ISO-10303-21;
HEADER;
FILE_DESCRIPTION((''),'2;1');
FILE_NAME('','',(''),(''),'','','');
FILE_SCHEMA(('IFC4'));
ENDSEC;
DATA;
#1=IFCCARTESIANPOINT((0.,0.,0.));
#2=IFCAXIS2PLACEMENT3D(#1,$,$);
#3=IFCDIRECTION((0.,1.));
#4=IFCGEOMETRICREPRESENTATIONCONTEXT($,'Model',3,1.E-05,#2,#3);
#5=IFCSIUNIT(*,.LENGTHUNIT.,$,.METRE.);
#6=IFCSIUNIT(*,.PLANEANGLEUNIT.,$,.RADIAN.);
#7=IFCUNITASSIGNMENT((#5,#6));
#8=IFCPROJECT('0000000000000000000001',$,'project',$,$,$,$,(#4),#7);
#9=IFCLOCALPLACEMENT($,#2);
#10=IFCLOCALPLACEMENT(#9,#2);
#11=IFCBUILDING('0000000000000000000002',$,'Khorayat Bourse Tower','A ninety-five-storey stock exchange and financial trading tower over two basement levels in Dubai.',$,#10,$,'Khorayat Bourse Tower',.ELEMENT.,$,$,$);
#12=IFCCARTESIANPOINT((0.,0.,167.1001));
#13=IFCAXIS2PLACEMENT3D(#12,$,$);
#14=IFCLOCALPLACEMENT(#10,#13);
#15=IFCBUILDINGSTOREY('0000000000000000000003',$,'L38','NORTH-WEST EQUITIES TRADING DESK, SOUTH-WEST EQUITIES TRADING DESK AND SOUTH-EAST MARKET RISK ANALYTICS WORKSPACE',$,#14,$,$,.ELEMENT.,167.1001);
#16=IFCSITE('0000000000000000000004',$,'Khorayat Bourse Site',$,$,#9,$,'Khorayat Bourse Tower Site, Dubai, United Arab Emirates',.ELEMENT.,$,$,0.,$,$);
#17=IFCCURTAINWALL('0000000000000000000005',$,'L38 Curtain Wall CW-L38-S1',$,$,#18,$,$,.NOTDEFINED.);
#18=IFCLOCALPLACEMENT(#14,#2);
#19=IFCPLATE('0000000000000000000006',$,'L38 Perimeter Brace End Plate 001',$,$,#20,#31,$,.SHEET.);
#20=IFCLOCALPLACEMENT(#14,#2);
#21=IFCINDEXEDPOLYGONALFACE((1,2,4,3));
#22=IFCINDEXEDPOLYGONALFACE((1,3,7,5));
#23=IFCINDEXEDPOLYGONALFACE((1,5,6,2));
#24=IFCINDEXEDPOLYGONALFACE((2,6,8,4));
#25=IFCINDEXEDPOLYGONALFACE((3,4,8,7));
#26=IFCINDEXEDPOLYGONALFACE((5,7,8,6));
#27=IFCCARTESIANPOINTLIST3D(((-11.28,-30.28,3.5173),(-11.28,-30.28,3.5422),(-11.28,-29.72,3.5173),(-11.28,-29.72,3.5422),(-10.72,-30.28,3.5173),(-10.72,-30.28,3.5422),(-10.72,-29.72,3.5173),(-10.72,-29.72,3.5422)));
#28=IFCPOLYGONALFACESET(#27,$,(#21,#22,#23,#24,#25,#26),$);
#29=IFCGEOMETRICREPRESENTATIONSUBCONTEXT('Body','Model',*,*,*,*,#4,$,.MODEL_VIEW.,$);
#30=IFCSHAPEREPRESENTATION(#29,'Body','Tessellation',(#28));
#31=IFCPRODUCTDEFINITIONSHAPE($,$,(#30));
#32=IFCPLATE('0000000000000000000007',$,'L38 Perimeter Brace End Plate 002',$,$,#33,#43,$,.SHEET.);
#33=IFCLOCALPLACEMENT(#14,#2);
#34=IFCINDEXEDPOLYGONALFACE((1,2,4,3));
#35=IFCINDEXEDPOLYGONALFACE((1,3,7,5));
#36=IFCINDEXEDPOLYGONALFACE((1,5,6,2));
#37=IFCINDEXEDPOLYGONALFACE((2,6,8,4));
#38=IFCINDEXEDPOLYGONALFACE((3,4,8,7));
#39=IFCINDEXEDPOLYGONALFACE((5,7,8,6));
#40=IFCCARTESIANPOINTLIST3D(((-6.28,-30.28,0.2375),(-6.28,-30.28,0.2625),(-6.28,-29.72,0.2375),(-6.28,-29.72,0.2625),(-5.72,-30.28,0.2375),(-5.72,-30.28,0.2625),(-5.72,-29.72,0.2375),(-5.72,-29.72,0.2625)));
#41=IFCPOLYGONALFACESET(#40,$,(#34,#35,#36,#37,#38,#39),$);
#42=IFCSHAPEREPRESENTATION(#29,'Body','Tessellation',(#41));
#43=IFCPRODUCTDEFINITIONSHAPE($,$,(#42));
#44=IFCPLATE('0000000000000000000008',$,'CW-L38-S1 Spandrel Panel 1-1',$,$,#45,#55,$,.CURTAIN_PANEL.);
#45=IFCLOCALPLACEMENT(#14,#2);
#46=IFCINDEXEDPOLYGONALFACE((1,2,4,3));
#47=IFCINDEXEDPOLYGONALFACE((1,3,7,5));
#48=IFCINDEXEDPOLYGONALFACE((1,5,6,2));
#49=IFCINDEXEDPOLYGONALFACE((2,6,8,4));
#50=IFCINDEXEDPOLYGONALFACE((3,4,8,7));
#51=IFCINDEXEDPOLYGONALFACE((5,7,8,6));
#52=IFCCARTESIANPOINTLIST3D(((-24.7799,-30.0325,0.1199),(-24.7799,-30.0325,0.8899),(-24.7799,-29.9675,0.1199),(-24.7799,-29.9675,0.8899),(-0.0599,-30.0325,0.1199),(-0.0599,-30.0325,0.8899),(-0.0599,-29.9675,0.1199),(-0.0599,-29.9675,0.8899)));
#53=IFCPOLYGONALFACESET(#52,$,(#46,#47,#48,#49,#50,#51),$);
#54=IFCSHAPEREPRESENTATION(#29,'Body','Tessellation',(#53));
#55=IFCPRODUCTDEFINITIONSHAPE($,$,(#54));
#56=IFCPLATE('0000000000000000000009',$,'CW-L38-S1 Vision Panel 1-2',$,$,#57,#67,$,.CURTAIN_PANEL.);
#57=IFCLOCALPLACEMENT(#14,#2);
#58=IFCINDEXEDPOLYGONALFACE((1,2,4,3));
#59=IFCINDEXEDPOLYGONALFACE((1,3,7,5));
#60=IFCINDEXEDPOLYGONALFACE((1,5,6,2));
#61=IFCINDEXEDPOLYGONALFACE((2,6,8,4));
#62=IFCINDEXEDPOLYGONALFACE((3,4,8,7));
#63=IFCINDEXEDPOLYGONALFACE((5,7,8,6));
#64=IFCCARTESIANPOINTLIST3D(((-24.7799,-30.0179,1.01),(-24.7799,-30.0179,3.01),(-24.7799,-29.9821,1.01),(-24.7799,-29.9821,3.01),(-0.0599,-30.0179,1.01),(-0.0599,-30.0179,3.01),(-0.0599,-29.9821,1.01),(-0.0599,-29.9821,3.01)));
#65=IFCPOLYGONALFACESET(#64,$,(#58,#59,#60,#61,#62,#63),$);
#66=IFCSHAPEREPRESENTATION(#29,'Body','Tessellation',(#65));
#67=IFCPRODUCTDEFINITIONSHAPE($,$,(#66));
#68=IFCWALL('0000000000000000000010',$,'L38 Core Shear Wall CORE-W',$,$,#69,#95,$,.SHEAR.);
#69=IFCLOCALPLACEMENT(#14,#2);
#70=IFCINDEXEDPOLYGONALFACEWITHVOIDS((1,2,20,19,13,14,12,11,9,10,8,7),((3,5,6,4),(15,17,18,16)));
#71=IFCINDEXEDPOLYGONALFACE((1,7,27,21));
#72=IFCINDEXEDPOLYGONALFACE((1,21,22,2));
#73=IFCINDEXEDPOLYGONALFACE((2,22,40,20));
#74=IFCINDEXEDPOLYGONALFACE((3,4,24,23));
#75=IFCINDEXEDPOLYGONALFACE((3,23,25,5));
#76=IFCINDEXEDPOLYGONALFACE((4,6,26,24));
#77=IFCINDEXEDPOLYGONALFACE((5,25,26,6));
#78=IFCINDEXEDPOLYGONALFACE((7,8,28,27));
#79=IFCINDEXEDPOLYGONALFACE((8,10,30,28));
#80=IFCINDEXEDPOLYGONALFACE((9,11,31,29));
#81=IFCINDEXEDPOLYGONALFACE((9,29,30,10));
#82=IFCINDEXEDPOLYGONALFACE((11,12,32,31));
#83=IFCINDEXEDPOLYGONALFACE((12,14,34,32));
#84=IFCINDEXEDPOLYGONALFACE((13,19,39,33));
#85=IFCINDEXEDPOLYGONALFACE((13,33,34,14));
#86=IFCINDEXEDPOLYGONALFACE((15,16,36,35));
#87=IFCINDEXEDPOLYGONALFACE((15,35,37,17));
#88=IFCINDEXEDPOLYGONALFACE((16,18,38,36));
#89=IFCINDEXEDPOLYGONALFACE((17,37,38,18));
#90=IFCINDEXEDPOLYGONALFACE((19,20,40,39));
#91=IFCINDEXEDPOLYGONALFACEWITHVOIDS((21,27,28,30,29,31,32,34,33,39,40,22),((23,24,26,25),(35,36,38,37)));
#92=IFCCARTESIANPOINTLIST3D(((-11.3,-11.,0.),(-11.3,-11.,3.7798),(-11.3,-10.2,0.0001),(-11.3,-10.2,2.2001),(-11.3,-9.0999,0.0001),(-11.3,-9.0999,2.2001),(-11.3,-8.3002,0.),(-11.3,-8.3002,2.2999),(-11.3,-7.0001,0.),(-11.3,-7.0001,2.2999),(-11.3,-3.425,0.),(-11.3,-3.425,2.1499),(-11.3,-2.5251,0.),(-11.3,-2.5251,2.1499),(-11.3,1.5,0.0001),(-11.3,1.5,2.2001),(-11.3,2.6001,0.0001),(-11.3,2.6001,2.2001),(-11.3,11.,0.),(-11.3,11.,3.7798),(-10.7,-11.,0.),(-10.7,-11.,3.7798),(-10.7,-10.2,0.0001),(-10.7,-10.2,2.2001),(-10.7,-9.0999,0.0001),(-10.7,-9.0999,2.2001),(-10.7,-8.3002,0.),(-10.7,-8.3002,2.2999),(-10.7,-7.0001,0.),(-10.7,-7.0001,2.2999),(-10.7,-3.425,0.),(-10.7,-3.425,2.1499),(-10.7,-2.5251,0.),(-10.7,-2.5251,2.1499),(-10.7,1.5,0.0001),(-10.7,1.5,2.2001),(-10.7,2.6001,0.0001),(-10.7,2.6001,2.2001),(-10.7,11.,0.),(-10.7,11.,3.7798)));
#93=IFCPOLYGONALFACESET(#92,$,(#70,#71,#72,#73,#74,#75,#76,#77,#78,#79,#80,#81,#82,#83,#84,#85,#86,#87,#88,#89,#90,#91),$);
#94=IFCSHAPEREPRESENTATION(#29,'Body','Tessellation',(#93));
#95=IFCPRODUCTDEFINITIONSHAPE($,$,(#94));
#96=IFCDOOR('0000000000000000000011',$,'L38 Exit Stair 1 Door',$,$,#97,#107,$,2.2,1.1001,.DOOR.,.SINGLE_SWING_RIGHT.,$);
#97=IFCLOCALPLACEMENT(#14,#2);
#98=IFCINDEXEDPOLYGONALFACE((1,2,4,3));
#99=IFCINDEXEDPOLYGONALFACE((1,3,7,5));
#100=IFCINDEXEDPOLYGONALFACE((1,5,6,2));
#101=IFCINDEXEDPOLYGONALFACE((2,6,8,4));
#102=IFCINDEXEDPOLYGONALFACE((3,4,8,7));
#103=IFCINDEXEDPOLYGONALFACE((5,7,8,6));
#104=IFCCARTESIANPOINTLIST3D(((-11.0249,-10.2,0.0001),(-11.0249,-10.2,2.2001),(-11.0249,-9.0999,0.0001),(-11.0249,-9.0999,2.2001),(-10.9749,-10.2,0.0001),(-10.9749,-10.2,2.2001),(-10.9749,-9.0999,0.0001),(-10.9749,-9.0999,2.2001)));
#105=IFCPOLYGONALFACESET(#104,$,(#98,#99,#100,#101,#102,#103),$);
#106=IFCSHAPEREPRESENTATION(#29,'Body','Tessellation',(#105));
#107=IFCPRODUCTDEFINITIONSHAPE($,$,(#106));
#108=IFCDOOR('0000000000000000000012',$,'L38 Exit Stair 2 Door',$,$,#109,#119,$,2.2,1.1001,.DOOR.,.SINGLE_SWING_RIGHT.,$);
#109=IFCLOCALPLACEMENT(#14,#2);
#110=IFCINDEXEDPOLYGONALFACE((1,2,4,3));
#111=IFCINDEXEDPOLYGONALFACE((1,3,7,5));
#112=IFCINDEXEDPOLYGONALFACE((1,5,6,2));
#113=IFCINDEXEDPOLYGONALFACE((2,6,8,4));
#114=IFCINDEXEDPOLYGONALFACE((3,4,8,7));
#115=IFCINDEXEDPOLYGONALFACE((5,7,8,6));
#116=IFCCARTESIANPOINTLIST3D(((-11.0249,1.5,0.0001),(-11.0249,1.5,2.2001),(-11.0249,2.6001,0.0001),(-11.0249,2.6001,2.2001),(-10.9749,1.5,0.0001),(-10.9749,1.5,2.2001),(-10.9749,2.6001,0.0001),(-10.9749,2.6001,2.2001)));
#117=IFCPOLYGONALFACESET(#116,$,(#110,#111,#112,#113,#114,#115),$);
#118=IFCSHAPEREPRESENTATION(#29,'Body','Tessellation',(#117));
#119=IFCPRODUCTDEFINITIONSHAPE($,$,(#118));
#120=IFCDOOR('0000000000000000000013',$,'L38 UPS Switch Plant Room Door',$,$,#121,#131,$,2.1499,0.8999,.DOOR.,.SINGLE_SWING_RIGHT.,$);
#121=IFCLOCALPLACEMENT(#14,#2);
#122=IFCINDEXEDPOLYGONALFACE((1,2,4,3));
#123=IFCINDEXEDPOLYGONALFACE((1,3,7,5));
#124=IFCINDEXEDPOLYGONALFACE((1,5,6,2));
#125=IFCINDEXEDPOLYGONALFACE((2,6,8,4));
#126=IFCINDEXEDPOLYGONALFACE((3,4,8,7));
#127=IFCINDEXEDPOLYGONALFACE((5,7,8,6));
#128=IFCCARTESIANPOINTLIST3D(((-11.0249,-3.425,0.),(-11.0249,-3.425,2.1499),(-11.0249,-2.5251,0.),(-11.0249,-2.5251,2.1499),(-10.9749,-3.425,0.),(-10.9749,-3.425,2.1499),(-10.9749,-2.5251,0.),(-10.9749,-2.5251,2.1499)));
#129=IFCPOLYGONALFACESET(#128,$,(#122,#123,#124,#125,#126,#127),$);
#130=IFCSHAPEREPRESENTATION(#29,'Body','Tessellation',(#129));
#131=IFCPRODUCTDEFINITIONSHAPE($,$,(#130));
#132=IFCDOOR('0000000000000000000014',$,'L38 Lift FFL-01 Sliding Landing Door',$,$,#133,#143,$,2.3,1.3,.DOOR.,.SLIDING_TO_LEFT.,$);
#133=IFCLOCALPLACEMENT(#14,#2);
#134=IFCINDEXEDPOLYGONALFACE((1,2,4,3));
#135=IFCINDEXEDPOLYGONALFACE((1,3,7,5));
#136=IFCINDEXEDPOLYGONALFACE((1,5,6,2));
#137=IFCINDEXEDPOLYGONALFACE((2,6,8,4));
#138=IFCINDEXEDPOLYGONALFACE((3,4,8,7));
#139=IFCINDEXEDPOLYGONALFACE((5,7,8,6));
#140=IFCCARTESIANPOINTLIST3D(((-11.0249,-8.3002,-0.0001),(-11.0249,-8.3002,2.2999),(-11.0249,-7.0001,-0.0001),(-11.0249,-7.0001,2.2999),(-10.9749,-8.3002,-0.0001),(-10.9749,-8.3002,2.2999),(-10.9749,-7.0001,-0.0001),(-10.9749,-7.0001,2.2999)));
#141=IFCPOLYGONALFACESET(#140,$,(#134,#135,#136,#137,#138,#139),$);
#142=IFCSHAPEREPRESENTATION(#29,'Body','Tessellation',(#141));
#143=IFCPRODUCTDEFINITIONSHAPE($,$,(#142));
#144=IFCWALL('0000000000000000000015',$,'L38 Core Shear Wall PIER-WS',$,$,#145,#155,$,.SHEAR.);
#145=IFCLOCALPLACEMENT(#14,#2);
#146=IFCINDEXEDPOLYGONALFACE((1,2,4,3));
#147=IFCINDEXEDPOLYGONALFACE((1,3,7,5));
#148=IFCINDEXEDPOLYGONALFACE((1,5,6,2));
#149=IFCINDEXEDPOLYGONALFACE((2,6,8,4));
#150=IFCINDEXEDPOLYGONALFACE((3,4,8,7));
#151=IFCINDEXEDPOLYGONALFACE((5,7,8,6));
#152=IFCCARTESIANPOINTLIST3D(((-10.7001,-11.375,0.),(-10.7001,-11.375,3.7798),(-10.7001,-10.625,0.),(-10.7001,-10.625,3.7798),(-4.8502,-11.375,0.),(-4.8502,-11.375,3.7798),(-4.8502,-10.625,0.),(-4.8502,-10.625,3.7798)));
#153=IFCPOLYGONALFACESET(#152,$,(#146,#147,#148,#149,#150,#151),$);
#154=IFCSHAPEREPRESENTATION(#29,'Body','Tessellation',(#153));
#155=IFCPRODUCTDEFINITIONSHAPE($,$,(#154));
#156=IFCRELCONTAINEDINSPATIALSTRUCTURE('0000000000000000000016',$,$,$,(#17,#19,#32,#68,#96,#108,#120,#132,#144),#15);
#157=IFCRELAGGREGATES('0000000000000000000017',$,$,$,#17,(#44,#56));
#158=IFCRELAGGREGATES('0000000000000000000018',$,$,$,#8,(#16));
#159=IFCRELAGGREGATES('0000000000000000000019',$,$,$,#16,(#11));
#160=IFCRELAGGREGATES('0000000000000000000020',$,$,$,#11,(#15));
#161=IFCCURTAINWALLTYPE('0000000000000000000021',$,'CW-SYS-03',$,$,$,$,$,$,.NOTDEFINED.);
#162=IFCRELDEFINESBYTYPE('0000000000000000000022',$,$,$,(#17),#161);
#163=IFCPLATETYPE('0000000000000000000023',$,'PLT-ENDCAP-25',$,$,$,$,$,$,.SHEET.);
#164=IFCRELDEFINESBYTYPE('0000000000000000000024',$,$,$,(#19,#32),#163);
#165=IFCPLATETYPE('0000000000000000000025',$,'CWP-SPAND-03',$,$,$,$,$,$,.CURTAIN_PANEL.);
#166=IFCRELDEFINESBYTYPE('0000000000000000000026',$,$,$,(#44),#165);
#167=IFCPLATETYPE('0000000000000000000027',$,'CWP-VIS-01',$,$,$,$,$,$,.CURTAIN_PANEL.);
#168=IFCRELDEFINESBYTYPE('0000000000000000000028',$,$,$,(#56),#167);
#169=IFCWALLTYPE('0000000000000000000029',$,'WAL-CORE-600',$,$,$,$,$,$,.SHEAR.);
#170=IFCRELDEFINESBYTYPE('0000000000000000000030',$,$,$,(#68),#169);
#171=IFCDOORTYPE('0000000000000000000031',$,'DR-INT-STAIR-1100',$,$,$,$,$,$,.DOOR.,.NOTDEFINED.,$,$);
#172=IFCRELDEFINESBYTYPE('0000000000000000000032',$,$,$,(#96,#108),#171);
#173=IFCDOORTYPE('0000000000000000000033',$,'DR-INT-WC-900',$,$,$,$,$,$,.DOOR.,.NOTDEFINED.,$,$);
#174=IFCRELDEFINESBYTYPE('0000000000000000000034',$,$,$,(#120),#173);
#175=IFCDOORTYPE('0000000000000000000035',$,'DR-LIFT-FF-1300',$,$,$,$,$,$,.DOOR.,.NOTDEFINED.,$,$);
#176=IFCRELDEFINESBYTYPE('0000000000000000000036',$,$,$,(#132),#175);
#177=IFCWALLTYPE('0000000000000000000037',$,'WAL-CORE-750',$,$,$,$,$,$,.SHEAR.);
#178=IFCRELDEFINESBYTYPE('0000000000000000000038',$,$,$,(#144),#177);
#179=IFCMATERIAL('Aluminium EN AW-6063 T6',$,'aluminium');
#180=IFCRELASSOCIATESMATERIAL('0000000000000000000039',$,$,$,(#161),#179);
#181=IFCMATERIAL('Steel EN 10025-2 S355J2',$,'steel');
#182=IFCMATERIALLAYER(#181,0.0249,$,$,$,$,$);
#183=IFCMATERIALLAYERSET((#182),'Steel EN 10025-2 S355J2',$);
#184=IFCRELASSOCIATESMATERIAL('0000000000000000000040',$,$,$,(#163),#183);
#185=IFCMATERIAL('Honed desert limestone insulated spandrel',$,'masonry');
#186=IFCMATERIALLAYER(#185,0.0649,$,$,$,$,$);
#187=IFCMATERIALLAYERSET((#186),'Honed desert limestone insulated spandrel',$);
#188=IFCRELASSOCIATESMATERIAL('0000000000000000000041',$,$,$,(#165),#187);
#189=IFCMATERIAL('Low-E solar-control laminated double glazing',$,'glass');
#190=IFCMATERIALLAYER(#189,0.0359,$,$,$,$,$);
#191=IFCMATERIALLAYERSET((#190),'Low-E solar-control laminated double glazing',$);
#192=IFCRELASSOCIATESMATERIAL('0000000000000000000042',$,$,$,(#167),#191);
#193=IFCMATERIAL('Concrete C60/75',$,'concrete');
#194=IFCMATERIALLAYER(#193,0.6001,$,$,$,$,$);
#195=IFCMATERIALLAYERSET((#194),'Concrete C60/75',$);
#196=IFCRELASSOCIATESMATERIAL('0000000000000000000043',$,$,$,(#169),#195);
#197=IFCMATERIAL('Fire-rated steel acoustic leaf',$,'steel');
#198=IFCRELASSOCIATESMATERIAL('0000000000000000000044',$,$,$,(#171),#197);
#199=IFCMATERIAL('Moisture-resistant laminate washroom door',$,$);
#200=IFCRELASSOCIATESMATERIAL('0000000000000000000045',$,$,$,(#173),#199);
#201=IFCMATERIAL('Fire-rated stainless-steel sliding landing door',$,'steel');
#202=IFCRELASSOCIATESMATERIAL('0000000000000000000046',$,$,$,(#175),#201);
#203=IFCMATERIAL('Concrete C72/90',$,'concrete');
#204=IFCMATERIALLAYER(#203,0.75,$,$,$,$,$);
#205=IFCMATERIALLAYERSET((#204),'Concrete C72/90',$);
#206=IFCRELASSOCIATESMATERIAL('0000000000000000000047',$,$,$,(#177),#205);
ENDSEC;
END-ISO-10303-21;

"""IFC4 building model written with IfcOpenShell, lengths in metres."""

from ifc_helpers import new_model, si_unit, direction, frame, frame_2d, origin, origin_2d, place, context, subcontext, project, spatial, rectangle, extrude, source, transform, mapped, material, layer, layer_set, type_object, element, fill, aggregate, save


model = new_model("IFC4")

# Units and contexts
model_context = context("Model", 3, precision=1e-05, world=origin(), true_north=direction((0.0, 1.0)))
body_context = subcontext(model_context, "Body", "Model", "MODEL_VIEW")
ifc_project = project(units=[si_unit("LENGTHUNIT", "METRE"), si_unit("PLANEANGLEUNIT", "RADIAN")], contexts=[model_context])

# Site, building, storey
site_placement = place(None, origin())
site = spatial("IfcSite", under=ifc_project, at=site_placement, Name="Khorayat Bourse Site", LongName="Khorayat Bourse Tower Site, Dubai, United Arab Emirates", CompositionType="ELEMENT", RefElevation=0.0)
building_placement = place(site_placement, origin())
building = spatial("IfcBuilding", under=site, at=building_placement, Name="Khorayat Bourse Tower", Description="A ninety-five-storey stock exchange and financial trading tower over two basement levels in Dubai.", LongName="Khorayat Bourse Tower", CompositionType="ELEMENT")
storey_placement = place(building_placement, frame((0.0, 0.0, 167.1001)))
storey = spatial("IfcBuildingStorey", under=building, at=storey_placement, Name="L38", Description="NORTH-WEST EQUITIES TRADING DESK, SOUTH-WEST EQUITIES TRADING DESK AND SOUTH-EAST MARKET RISK ANALYTICS WORKSPACE", CompositionType="ELEMENT", Elevation=167.1001)

# Shared definitions
ifc_material_1 = material(Name="Concrete C60/75", Category="concrete")

# Shared definitions
ifc_material_2 = material(Name="Concrete C72/90", Category="concrete")

# Curtain wall
ifc_material_3 = material(Name="Aluminium EN AW-6063 T6", Category="aluminium")
curtain_wall_type = type_object("IfcCurtainWallType", Name="CW-SYS-03", PredefinedType="NOTDEFINED", material=ifc_material_3)
curtain_wall_placement = place(storey_placement, origin())
curtain_wall = element("IfcCurtainWall", 1, at=curtain_wall_placement, inside=storey, type_object=curtain_wall_type, Name="L38 Curtain Wall CW-L38-S1", PredefinedType="NOTDEFINED")

# Plates
ifc_material_4 = material(Name="Steel EN 10025-2 S355J2", Category="steel")
ifc_layer_1 = layer(ifc_material_4, 0.0249)
ifc_layer_set_1 = layer_set([ifc_layer_1], Name="Steel EN 10025-2 S355J2")
plate_type_1 = type_object("IfcPlateType", Name="PLT-ENDCAP-25", PredefinedType="SHEET", material=ifc_layer_set_1)
shared_shape_1 = source(origin(), body_context, "Body", "SweptSolid", [
    extrude(rectangle(XDim=0.5601, YDim=0.5601, at=origin_2d()), origin(), (0.0, 0.0, 1.0), 0.0249),
])
for number, where, z_axis, x_axis, name in (
    (2, (-11.0, -30.0, 3.5173), (0.0, 0.0, 1.0), (1.0, 0.0, 0.0), "L38 Perimeter Brace End Plate 001"),
    (3, (-6.0, -30.0, 0.2375), (0.0, 0.0, 1.0), (1.0, 0.0, 0.0), "L38 Perimeter Brace End Plate 002"),
):
    element("IfcPlate", number, at=place(storey_placement, frame(where, z_axis=z_axis, x_axis=x_axis)), inside=storey, type_object=plate_type_1, Name=name, PredefinedType="SHEET", context=body_context, shape_type="MappedRepresentation", body=[
        mapped(shared_shape_1, transform((0.0, 0.0, 0.0), scale=1.0)),
    ])

# Plates
ifc_material_5 = material(Name="Honed desert limestone insulated spandrel", Category="masonry")
ifc_layer_2 = layer(ifc_material_5, 0.0649)
ifc_layer_set_2 = layer_set([ifc_layer_2], Name="Honed desert limestone insulated spandrel")
plate_type_2 = type_object("IfcPlateType", Name="CWP-SPAND-03", PredefinedType="CURTAIN_PANEL", material=ifc_layer_set_2)
shared_shape_2 = source(origin(), body_context, "Body", "SweptSolid", [
    extrude(rectangle(XDim=24.72, YDim=0.0649, at=origin_2d()), origin(), (0.0, 0.0, 1.0), 0.77),
])
plate_1_placement = place(storey_placement, frame((-12.4199, -30.0, 0.1199), z_axis=(0.0, 0.0, 1.0), x_axis=(1.0, 0.0, 0.0)))
plate_1 = element("IfcPlate", 4, at=plate_1_placement, type_object=plate_type_2, Name="CW-L38-S1 Spandrel Panel 1-1", PredefinedType="CURTAIN_PANEL", context=body_context, shape_type="MappedRepresentation", body=[
    mapped(shared_shape_2, transform((0.0, 0.0, 0.0), scale=1.0)),
])
ifc_material_6 = material(Name="Low-E solar-control laminated double glazing", Category="glass")
ifc_layer_3 = layer(ifc_material_6, 0.0359)
ifc_layer_set_3 = layer_set([ifc_layer_3], Name="Low-E solar-control laminated double glazing")
plate_type_3 = type_object("IfcPlateType", Name="CWP-VIS-01", PredefinedType="CURTAIN_PANEL", material=ifc_layer_set_3)
shared_shape_3 = source(origin(), body_context, "Body", "SweptSolid", [
    extrude(rectangle(XDim=24.72, YDim=0.0359, at=origin_2d()), origin(), (0.0, 0.0, 1.0), 2.0),
])
plate_2_placement = place(storey_placement, frame((-12.4199, -30.0, 1.01), z_axis=(0.0, 0.0, 1.0), x_axis=(1.0, 0.0, 0.0)))
plate_2 = element("IfcPlate", 5, at=plate_2_placement, type_object=plate_type_3, Name="CW-L38-S1 Vision Panel 1-2", PredefinedType="CURTAIN_PANEL", context=body_context, shape_type="MappedRepresentation", body=[
    mapped(shared_shape_3, transform((0.0, 0.0, 0.0), scale=1.0)),
])
aggregate(curtain_wall, [plate_1, plate_2])

# Wall, openings, doors
ifc_layer_4 = layer(ifc_material_1, 0.6001)
ifc_layer_set_4 = layer_set([ifc_layer_4], Name="Concrete C60/75")
wall_type_1 = type_object("IfcWallType", Name="WAL-CORE-600", PredefinedType="SHEAR", material=ifc_layer_set_4)
shared_shape_4 = source(origin(), body_context, "Body", "SweptSolid", [
    extrude(rectangle(XDim=22.0, YDim=0.6001, at=frame_2d((11.0, 0.0))), origin(), (0.0, 0.0, 1.0), 3.7798),
])
wall_1_placement = place(storey_placement, frame((-11.0, -11.0, 0.0), z_axis=(0.0, 0.0, 1.0), x_axis=(0.0, 1.0, 0.0)))
wall_1 = element("IfcWall", 6, at=wall_1_placement, inside=storey, type_object=wall_type_1, Name="L38 Core Shear Wall CORE-W", PredefinedType="SHEAR", context=body_context, shape_type="MappedRepresentation", body=[
    mapped(shared_shape_4, transform((0.0, 0.0, 0.0), scale=1.0)),
])
shared_shape_5 = source(origin(), body_context, "Body", "SweptSolid", [
    extrude(rectangle(XDim=1.1001, YDim=2.2, at=frame_2d((0.55, 1.1001))), frame((0.0, 0.3101, 0.0), z_axis=(0.0, -1.0, 0.0), x_axis=(1.0, 0.0, 0.0)), (0.0, 0.0, 1.0), 0.6201),
])
opening_1_placement = place(wall_1_placement, frame((0.8, 0.0, 0.0)))
opening_1 = element("IfcOpeningElement", 7, at=opening_1_placement, cuts=wall_1, PredefinedType="OPENING", context=body_context, shape_type="MappedRepresentation", body=[
    mapped(shared_shape_5, transform((0.0, 0.0, 0.0), scale=1.0)),
])
opening_2_placement = place(wall_1_placement, frame((12.5, 0.0, 0.0)))
opening_2 = element("IfcOpeningElement", 8, at=opening_2_placement, cuts=wall_1, PredefinedType="OPENING", context=body_context, shape_type="MappedRepresentation", body=[
    mapped(shared_shape_5, transform((0.0, 0.0, 0.0), scale=1.0)),
])
shared_shape_6 = source(origin(), body_context, "Body", "SweptSolid", [
    extrude(rectangle(XDim=0.8999, YDim=2.1499, at=frame_2d((0.45, 1.075))), frame((0.0, 0.3101, 0.0), z_axis=(0.0, -1.0, 0.0), x_axis=(1.0, 0.0, 0.0)), (0.0, 0.0, 1.0), 0.6201),
])
opening_3_placement = place(wall_1_placement, frame((7.575, 0.0, 0.0)))
opening_3 = element("IfcOpeningElement", 9, at=opening_3_placement, cuts=wall_1, PredefinedType="OPENING", context=body_context, shape_type="MappedRepresentation", body=[
    mapped(shared_shape_6, transform((0.0, 0.0, 0.0), scale=1.0)),
])
shared_shape_7 = source(origin(), body_context, "Body", "SweptSolid", [
    extrude(rectangle(XDim=1.3, YDim=2.3, at=frame_2d((0.6499, 1.1499))), frame((0.0, 0.3101, 0.0), z_axis=(0.0, -1.0, 0.0), x_axis=(1.0, 0.0, 0.0)), (0.0, 0.0, 1.0), 0.6201),
])
opening_4_placement = place(wall_1_placement, frame((2.7, 0.0, 0.0)))
opening_4 = element("IfcOpeningElement", 10, at=opening_4_placement, cuts=wall_1, PredefinedType="OPENING", context=body_context, shape_type="MappedRepresentation", body=[
    mapped(shared_shape_7, transform((0.0, 0.0, 0.0), scale=1.0)),
])
ifc_material_7 = material(Name="Fire-rated steel acoustic leaf", Category="steel")
door_type_1 = type_object("IfcDoorType", Name="DR-INT-STAIR-1100", OperationType="NOTDEFINED", PredefinedType="DOOR", material=ifc_material_7)
shared_shape_8 = source(origin(), body_context, "Body", "SweptSolid", [
    extrude(rectangle(XDim=1.1001, YDim=2.2, at=frame_2d((0.55, 1.1001))), frame((0.0, 0.0249, 0.0), z_axis=(0.0, -1.0, 0.0), x_axis=(1.0, 0.0, 0.0)), (0.0, 0.0, 1.0), 0.05),
])
door_1_placement = place(opening_1_placement, origin())
door_1 = element("IfcDoor", 11, at=door_1_placement, inside=storey, type_object=door_type_1, Name="L38 Exit Stair 1 Door", OperationType="SINGLE_SWING_RIGHT", OverallHeight=2.2, OverallWidth=1.1001, PredefinedType="DOOR", context=body_context, shape_type="MappedRepresentation", body=[
    mapped(shared_shape_8, transform((0.0, 0.0, 0.0), scale=1.0)),
])
fill(opening_1, door_1)
door_2_placement = place(opening_2_placement, origin())
door_2 = element("IfcDoor", 12, at=door_2_placement, inside=storey, type_object=door_type_1, Name="L38 Exit Stair 2 Door", OperationType="SINGLE_SWING_RIGHT", OverallHeight=2.2, OverallWidth=1.1001, PredefinedType="DOOR", context=body_context, shape_type="MappedRepresentation", body=[
    mapped(shared_shape_8, transform((0.0, 0.0, 0.0), scale=1.0)),
])
fill(opening_2, door_2)
ifc_material_8 = material(Name="Moisture-resistant laminate washroom door")
door_type_2 = type_object("IfcDoorType", Name="DR-INT-WC-900", OperationType="NOTDEFINED", PredefinedType="DOOR", material=ifc_material_8)
shared_shape_9 = source(origin(), body_context, "Body", "SweptSolid", [
    extrude(rectangle(XDim=0.8999, YDim=2.1499, at=frame_2d((0.45, 1.075))), frame((0.0, 0.0249, 0.0), z_axis=(0.0, -1.0, 0.0), x_axis=(1.0, 0.0, 0.0)), (0.0, 0.0, 1.0), 0.05),
])
door_3_placement = place(opening_3_placement, origin())
door_3 = element("IfcDoor", 13, at=door_3_placement, inside=storey, type_object=door_type_2, Name="L38 UPS Switch Plant Room Door", OperationType="SINGLE_SWING_RIGHT", OverallHeight=2.1499, OverallWidth=0.8999, PredefinedType="DOOR", context=body_context, shape_type="MappedRepresentation", body=[
    mapped(shared_shape_9, transform((0.0, 0.0, 0.0), scale=1.0)),
])
fill(opening_3, door_3)
ifc_material_9 = material(Name="Fire-rated stainless-steel sliding landing door", Category="steel")
door_type_3 = type_object("IfcDoorType", Name="DR-LIFT-FF-1300", OperationType="NOTDEFINED", PredefinedType="DOOR", material=ifc_material_9)
shared_shape_10 = source(origin(), body_context, "Body", "SweptSolid", [
    extrude(rectangle(XDim=1.3, YDim=2.3, at=frame_2d((0.6499, 1.1499))), frame((0.0, 0.0249, 0.0), z_axis=(0.0, -1.0, 0.0), x_axis=(1.0, 0.0, 0.0)), (0.0, 0.0, 1.0), 0.05),
])
door_4_placement = place(opening_4_placement, origin())
door_4 = element("IfcDoor", 14, at=door_4_placement, inside=storey, type_object=door_type_3, Name="L38 Lift FFL-01 Sliding Landing Door", OperationType="SLIDING_TO_LEFT", OverallHeight=2.3, OverallWidth=1.3, PredefinedType="DOOR", context=body_context, shape_type="MappedRepresentation", body=[
    mapped(shared_shape_10, transform((0.0, 0.0, 0.0), scale=1.0)),
])
fill(opening_4, door_4)

# Wall
ifc_layer_5 = layer(ifc_material_2, 0.75)
ifc_layer_set_5 = layer_set([ifc_layer_5], Name="Concrete C72/90")
wall_type_2 = type_object("IfcWallType", Name="WAL-CORE-750", PredefinedType="SHEAR", material=ifc_layer_set_5)
shared_shape_11 = source(origin(), body_context, "Body", "SweptSolid", [
    extrude(rectangle(XDim=5.8499, YDim=0.75, at=frame_2d((2.9248, 0.0))), origin(), (0.0, 0.0, 1.0), 3.7798),
])
wall_2_placement = place(storey_placement, frame((-10.7, -11.0, 0.0), z_axis=(0.0, 0.0, 1.0), x_axis=(1.0, 0.0, 0.0)))
element("IfcWall", 15, at=wall_2_placement, inside=storey, type_object=wall_type_2, Name="L38 Core Shear Wall PIER-WS", PredefinedType="SHEAR", context=body_context, shape_type="MappedRepresentation", body=[
    mapped(shared_shape_11, transform((0.0, 0.0, 0.0), scale=1.0)),
])

save(model, "model.ifc")
